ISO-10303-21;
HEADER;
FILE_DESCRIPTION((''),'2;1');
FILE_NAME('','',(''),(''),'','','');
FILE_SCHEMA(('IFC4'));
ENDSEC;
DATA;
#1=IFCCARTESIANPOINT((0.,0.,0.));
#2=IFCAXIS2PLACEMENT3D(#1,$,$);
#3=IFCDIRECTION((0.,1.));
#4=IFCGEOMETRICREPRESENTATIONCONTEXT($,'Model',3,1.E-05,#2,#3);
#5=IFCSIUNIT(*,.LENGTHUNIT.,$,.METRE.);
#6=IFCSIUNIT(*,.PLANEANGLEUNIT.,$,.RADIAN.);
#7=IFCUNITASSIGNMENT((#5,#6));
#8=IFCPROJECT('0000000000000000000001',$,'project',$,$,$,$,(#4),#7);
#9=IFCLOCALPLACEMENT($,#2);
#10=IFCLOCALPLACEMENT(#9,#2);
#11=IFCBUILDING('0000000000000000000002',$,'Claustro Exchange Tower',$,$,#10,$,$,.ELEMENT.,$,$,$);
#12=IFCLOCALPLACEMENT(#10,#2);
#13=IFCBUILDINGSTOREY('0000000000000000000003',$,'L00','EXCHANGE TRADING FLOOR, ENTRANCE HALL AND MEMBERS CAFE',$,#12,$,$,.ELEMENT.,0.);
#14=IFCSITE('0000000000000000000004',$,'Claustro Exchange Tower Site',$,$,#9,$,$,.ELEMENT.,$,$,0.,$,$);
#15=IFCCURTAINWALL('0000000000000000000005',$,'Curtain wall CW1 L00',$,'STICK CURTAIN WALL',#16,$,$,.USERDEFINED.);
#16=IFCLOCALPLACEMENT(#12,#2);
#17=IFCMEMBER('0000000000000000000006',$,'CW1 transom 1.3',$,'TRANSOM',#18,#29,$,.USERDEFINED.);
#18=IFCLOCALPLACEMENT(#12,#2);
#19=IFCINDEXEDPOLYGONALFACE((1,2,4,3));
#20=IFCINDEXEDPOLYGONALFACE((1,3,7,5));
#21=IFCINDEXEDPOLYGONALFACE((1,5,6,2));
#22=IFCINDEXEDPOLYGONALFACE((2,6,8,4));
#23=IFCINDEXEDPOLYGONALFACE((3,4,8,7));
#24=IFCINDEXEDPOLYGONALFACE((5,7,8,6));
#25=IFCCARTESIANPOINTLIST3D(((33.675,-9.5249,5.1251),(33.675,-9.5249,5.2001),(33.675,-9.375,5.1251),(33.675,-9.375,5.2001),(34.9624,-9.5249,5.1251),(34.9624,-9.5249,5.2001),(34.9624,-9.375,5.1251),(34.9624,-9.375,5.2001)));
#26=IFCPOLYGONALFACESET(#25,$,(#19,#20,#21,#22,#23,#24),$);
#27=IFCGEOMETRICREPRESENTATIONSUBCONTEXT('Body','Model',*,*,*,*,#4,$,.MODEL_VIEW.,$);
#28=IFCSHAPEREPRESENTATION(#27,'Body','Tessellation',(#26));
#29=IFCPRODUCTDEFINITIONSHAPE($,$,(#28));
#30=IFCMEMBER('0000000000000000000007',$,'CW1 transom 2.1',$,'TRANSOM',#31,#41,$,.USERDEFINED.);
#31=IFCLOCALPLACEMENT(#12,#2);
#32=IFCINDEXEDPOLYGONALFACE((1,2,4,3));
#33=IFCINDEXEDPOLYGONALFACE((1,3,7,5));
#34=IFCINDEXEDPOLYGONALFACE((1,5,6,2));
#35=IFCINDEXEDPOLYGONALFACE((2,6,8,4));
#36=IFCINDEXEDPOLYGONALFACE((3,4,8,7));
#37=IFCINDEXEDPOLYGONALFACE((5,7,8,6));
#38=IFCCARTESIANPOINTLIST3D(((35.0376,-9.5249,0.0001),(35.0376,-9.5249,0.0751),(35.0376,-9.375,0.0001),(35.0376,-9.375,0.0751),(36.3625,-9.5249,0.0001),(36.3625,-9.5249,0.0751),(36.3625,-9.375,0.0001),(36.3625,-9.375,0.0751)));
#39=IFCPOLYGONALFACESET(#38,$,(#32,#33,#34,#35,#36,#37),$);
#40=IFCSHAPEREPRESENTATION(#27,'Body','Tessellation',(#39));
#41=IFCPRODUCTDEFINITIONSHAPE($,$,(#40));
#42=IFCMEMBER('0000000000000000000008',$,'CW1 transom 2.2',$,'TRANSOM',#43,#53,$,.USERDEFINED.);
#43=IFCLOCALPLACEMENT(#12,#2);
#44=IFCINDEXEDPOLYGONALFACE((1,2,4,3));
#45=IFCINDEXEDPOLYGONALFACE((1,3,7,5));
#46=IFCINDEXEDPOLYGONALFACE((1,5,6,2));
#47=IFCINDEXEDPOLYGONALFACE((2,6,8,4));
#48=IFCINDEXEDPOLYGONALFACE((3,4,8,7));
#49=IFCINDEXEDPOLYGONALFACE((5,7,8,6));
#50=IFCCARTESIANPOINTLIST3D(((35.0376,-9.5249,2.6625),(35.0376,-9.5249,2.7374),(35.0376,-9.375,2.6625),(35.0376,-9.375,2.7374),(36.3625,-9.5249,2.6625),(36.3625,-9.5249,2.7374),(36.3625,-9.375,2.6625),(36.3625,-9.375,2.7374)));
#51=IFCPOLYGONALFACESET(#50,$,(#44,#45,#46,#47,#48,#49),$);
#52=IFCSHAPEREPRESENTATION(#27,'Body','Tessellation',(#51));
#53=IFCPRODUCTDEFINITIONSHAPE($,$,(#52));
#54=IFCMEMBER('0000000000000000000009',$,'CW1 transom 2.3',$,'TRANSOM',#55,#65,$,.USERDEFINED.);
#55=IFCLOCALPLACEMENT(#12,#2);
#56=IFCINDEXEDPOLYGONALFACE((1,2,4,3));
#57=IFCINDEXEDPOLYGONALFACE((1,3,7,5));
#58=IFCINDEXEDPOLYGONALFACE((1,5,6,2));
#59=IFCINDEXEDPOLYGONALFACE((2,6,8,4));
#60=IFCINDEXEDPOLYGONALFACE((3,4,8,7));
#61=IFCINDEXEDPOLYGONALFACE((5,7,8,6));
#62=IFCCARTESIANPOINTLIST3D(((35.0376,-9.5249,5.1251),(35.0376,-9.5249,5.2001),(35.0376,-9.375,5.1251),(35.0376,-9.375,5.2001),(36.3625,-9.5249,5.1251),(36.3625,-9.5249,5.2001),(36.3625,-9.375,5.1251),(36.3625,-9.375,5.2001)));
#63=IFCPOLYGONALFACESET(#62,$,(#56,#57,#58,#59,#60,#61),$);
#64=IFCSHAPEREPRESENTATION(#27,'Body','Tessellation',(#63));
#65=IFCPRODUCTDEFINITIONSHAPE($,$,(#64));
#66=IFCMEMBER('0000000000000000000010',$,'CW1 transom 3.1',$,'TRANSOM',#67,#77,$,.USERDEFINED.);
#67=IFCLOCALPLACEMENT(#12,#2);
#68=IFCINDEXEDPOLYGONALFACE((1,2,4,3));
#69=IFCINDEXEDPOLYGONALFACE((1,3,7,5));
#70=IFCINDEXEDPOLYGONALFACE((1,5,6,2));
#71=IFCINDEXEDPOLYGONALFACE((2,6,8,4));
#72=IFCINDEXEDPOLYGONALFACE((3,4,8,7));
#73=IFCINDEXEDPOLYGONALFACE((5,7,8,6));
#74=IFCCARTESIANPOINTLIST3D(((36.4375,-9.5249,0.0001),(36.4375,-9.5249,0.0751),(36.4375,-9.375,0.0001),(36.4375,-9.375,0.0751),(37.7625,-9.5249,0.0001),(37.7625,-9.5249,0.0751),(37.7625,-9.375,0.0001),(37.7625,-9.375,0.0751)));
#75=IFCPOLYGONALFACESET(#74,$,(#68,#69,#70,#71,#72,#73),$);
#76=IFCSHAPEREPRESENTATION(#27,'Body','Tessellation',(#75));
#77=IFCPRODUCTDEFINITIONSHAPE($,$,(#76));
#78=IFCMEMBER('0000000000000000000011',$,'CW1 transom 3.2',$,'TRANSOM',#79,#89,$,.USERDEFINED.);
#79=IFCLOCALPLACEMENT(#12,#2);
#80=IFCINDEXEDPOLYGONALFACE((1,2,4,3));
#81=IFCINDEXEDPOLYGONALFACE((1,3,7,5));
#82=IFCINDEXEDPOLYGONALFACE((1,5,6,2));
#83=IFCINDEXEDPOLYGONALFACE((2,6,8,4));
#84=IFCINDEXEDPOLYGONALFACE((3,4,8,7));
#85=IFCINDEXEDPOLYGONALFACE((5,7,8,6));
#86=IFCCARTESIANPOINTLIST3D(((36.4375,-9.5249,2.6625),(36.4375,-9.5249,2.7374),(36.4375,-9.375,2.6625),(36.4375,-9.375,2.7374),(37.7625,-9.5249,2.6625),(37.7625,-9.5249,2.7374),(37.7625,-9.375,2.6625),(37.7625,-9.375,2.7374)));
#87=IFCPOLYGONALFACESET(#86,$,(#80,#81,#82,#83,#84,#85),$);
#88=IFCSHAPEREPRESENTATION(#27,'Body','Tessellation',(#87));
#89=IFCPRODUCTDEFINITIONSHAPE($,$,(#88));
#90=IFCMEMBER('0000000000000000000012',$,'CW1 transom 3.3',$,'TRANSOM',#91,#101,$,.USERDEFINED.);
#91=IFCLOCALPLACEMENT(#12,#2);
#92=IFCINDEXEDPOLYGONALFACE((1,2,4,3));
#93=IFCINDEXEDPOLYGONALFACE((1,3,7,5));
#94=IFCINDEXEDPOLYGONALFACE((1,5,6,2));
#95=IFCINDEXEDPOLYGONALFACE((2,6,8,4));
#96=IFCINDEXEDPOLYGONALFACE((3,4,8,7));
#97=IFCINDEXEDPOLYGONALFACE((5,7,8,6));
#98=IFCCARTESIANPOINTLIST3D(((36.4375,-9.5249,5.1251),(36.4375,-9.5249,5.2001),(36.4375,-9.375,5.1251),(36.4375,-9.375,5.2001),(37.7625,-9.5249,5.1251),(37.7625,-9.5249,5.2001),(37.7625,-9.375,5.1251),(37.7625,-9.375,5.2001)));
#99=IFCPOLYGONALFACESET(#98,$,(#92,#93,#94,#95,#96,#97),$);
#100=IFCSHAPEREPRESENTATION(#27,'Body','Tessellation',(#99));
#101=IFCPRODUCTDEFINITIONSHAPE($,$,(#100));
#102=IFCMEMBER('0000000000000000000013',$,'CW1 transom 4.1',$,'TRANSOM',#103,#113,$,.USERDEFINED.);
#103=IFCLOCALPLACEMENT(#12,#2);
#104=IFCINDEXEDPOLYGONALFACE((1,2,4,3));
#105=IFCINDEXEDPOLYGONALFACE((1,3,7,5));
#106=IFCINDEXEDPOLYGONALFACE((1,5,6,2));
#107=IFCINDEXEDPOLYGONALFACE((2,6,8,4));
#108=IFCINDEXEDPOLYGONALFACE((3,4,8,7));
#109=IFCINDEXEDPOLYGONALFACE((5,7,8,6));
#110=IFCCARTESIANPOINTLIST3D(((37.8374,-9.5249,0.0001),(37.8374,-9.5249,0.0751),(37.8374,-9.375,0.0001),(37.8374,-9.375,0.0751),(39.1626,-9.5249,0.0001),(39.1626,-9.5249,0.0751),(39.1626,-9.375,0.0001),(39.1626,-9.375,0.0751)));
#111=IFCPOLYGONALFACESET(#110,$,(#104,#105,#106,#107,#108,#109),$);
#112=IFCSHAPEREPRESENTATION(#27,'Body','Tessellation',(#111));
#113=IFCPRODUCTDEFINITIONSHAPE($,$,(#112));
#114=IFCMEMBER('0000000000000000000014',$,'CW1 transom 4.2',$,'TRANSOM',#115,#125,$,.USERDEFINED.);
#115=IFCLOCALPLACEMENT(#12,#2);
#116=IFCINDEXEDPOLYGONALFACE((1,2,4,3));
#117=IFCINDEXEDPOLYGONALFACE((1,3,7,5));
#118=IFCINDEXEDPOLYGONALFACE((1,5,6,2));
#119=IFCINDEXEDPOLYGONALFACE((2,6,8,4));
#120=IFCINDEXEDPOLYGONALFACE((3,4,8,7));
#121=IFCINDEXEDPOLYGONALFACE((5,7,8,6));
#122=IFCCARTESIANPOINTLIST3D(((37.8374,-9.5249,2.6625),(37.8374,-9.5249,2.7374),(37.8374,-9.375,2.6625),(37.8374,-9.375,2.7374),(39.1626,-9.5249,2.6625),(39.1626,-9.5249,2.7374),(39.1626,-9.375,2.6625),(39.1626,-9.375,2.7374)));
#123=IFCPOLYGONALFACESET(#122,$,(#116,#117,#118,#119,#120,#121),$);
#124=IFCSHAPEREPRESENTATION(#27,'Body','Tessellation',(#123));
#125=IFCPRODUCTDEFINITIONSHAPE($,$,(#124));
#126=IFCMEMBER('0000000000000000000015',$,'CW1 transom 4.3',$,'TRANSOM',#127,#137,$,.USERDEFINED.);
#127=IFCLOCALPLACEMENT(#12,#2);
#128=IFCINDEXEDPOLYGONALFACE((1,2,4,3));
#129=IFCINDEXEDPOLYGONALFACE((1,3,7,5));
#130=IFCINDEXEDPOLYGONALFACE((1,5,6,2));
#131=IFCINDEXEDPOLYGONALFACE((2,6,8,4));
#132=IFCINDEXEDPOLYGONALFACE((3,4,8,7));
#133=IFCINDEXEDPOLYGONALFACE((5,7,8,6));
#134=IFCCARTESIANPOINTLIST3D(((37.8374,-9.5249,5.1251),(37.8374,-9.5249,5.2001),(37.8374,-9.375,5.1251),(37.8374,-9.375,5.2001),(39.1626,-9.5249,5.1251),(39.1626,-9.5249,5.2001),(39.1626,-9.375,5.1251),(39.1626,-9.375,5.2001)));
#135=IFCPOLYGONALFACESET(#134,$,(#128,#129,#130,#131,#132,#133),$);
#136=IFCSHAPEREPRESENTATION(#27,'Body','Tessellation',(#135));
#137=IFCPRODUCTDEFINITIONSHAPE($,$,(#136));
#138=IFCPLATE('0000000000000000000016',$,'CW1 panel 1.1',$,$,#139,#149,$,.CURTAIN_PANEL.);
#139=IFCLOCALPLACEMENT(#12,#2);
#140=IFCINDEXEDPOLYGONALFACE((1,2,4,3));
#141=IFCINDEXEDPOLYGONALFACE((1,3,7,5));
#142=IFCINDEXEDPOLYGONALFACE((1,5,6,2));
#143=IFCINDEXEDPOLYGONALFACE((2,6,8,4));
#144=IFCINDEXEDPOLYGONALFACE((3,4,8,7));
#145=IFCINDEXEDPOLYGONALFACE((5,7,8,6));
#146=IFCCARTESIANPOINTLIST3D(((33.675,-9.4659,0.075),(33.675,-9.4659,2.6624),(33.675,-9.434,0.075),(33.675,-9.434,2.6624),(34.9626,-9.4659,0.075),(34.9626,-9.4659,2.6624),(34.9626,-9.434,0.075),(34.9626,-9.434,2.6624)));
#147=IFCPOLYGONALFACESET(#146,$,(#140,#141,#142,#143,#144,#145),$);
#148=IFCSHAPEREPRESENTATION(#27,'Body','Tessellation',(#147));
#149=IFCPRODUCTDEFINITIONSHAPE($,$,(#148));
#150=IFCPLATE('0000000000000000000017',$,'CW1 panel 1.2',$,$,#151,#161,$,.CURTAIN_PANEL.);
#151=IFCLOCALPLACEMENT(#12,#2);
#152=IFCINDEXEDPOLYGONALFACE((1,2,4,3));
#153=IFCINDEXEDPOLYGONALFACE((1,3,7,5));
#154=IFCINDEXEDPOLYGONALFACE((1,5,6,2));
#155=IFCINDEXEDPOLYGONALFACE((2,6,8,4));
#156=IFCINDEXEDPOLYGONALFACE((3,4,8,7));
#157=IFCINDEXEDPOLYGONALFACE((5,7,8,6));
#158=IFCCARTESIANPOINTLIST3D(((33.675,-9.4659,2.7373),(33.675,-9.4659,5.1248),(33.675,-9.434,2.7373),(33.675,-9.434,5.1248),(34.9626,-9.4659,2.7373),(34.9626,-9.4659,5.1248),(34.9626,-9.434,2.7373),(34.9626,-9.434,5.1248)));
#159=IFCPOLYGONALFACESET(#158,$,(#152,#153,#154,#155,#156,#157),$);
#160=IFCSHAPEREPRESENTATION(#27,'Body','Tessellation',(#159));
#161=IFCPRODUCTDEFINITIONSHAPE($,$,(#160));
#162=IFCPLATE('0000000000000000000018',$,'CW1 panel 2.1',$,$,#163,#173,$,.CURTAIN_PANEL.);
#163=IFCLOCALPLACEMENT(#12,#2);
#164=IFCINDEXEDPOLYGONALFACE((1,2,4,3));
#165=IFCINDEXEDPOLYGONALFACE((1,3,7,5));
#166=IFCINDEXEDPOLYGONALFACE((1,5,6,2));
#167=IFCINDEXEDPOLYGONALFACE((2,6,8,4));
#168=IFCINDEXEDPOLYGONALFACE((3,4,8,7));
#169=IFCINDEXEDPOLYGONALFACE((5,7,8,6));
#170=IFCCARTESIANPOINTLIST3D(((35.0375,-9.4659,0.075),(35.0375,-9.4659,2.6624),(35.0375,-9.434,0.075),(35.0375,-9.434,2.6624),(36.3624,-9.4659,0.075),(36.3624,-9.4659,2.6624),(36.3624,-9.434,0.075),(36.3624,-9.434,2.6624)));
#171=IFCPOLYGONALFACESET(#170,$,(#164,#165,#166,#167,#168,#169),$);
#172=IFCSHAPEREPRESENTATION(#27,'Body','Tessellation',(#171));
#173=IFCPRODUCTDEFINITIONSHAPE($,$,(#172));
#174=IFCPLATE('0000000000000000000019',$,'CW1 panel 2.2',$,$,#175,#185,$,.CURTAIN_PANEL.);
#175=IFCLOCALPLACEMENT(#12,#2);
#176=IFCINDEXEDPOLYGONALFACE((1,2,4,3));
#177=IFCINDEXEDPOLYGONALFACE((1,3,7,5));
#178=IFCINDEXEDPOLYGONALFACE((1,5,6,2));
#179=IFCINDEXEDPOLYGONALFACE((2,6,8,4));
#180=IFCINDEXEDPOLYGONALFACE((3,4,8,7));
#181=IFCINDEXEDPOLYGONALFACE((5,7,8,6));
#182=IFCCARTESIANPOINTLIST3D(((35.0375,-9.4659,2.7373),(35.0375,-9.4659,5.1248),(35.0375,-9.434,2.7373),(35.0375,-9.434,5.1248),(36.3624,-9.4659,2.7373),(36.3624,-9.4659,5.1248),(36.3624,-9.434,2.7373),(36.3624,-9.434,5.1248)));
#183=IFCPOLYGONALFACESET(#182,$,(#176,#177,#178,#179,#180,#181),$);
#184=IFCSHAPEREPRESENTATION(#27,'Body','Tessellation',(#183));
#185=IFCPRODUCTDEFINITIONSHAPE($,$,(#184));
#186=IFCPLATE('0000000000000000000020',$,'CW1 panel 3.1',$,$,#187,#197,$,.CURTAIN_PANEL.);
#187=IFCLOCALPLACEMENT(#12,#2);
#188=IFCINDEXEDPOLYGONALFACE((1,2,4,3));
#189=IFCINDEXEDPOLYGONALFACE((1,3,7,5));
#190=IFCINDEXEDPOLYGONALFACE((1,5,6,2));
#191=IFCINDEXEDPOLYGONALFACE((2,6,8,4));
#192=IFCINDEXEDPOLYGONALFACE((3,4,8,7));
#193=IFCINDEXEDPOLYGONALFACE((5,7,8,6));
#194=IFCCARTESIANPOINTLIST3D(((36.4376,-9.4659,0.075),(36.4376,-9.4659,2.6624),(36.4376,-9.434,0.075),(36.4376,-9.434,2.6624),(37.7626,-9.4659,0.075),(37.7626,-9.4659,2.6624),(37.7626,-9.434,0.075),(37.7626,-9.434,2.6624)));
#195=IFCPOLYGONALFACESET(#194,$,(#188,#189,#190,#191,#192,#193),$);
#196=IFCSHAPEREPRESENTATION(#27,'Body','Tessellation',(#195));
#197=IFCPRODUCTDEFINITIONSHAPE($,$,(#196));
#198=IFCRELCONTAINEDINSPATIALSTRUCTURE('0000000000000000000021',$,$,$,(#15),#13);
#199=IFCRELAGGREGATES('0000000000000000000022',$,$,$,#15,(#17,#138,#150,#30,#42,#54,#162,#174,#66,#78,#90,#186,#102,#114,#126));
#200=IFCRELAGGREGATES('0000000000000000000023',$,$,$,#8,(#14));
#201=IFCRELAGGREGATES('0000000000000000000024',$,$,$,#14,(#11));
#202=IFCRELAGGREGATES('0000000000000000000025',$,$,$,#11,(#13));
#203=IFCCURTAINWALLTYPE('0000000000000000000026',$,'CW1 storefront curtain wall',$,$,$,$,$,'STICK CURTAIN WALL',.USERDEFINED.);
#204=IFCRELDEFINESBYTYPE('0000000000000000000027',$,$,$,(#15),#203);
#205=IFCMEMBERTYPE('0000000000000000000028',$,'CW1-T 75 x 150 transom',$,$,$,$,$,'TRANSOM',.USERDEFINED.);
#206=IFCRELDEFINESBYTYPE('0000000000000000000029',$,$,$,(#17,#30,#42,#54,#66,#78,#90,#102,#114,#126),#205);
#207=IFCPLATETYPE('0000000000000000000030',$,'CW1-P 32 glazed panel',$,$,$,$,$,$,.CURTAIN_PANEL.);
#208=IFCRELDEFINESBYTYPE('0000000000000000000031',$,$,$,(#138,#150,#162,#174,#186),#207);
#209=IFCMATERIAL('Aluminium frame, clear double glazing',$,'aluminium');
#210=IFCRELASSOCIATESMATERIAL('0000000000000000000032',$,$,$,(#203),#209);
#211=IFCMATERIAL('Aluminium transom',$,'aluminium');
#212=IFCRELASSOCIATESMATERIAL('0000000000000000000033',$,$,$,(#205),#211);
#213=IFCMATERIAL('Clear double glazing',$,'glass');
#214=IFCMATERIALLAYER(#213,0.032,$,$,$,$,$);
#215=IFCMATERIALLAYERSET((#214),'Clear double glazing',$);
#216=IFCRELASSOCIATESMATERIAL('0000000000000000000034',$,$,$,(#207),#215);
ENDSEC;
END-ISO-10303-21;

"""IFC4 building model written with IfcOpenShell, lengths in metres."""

from ifc_helpers import new_model, si_unit, direction, frame, origin, origin_2d, place, context, subcontext, project, spatial, rectangle, extrude, material, layer, layer_set, material_profile, profile_set, type_object, element, aggregate, save


model = new_model("IFC4")

# Units and contexts
model_context = context("Model", 3, precision=1e-05, world=origin(), true_north=direction((0.0, 1.0)))
body_context = subcontext(model_context, "Body", "Model", "MODEL_VIEW")
ifc_project = project(units=[si_unit("LENGTHUNIT", "METRE"), si_unit("PLANEANGLEUNIT", "RADIAN")], contexts=[model_context])

# Site, building, storey
site_placement = place(None, origin())
site = spatial("IfcSite", under=ifc_project, at=site_placement, Name="Claustro Exchange Tower Site", CompositionType="ELEMENT", RefElevation=0.0)
building_placement = place(site_placement, origin())
building = spatial("IfcBuilding", under=site, at=building_placement, Name="Claustro Exchange Tower", CompositionType="ELEMENT")
storey_placement = place(building_placement, origin())
storey = spatial("IfcBuildingStorey", under=building, at=storey_placement, Name="L00", Description="EXCHANGE TRADING FLOOR, ENTRANCE HALL AND MEMBERS CAFE", CompositionType="ELEMENT", Elevation=0.0)

# Curtain wall, members, plates
ifc_material_1 = material(Name="Aluminium frame, clear double glazing", Category="aluminium")
curtain_wall_type = type_object("IfcCurtainWallType", Name="CW1 storefront curtain wall", ElementType="STICK CURTAIN WALL", PredefinedType="USERDEFINED", material=ifc_material_1)
curtain_wall_placement = place(storey_placement, origin())
curtain_wall = element("IfcCurtainWall", 1, at=curtain_wall_placement, inside=storey, type_object=curtain_wall_type, Name="Curtain wall CW1 L00", ObjectType="STICK CURTAIN WALL", PredefinedType="USERDEFINED")
ifc_material_2 = material(Name="Aluminium transom", Category="aluminium")
ifc_material_profile_1 = material_profile(ifc_material_2, rectangle(XDim=0.1499, YDim=0.075, at=origin_2d()), Name="CW1-T 75x150")
ifc_profile_set_1 = profile_set([ifc_material_profile_1], Name="Aluminium transom")
member_type_1 = type_object("IfcMemberType", Name="CW1-T 75 x 150 transom", ElementType="TRANSOM", PredefinedType="USERDEFINED", material=ifc_profile_set_1)
member_1_placement = place(storey_placement, frame((33.675, -9.45, 5.1626), z_axis=(1.0, 0.0, 0.0), x_axis=(0.0, 1.0, 0.0)))
member_1 = element("IfcMember", 2, at=member_1_placement, type_object=member_type_1, Name="CW1 transom 1.3", ObjectType="TRANSOM", PredefinedType="USERDEFINED", context=body_context, shape_type="SweptSolid", body=[
    extrude(rectangle(XDim=0.1499, YDim=0.075, at=origin_2d()), origin(), (0.0, 0.0, 1.0), 1.2874),
])
member_2_placement = place(storey_placement, frame((35.0376, -9.45, 0.0376), z_axis=(1.0, 0.0, 0.0), x_axis=(0.0, 1.0, 0.0)))
member_2 = element("IfcMember", 3, at=member_2_placement, type_object=member_type_1, Name="CW1 transom 2.1", ObjectType="TRANSOM", PredefinedType="USERDEFINED", context=body_context, shape_type="SweptSolid", body=[
    extrude(rectangle(XDim=0.1499, YDim=0.075, at=origin_2d()), origin(), (0.0, 0.0, 1.0), 1.325),
])
member_3_placement = place(storey_placement, frame((35.0376, -9.45, 2.7), z_axis=(1.0, 0.0, 0.0), x_axis=(0.0, 1.0, 0.0)))
member_3 = element("IfcMember", 4, at=member_3_placement, type_object=member_type_1, Name="CW1 transom 2.2", ObjectType="TRANSOM", PredefinedType="USERDEFINED", context=body_context, shape_type="SweptSolid", body=[
    extrude(rectangle(XDim=0.1499, YDim=0.075, at=origin_2d()), origin(), (0.0, 0.0, 1.0), 1.325),
])
member_4_placement = place(storey_placement, frame((35.0376, -9.45, 5.1626), z_axis=(1.0, 0.0, 0.0), x_axis=(0.0, 1.0, 0.0)))
member_4 = element("IfcMember", 5, at=member_4_placement, type_object=member_type_1, Name="CW1 transom 2.3", ObjectType="TRANSOM", PredefinedType="USERDEFINED", context=body_context, shape_type="SweptSolid", body=[
    extrude(rectangle(XDim=0.1499, YDim=0.075, at=origin_2d()), origin(), (0.0, 0.0, 1.0), 1.325),
])
member_5_placement = place(storey_placement, frame((36.4375, -9.45, 0.0376), z_axis=(1.0, 0.0, 0.0), x_axis=(0.0, 1.0, 0.0)))
member_5 = element("IfcMember", 6, at=member_5_placement, type_object=member_type_1, Name="CW1 transom 3.1", ObjectType="TRANSOM", PredefinedType="USERDEFINED", context=body_context, shape_type="SweptSolid", body=[
    extrude(rectangle(XDim=0.1499, YDim=0.075, at=origin_2d()), origin(), (0.0, 0.0, 1.0), 1.325),
])
member_6_placement = place(storey_placement, frame((36.4375, -9.45, 2.7), z_axis=(1.0, 0.0, 0.0), x_axis=(0.0, 1.0, 0.0)))
member_6 = element("IfcMember", 7, at=member_6_placement, type_object=member_type_1, Name="CW1 transom 3.2", ObjectType="TRANSOM", PredefinedType="USERDEFINED", context=body_context, shape_type="SweptSolid", body=[
    extrude(rectangle(XDim=0.1499, YDim=0.075, at=origin_2d()), origin(), (0.0, 0.0, 1.0), 1.325),
])
member_7_placement = place(storey_placement, frame((36.4375, -9.45, 5.1626), z_axis=(1.0, 0.0, 0.0), x_axis=(0.0, 1.0, 0.0)))
member_7 = element("IfcMember", 8, at=member_7_placement, type_object=member_type_1, Name="CW1 transom 3.3", ObjectType="TRANSOM", PredefinedType="USERDEFINED", context=body_context, shape_type="SweptSolid", body=[
    extrude(rectangle(XDim=0.1499, YDim=0.075, at=origin_2d()), origin(), (0.0, 0.0, 1.0), 1.325),
])
member_8_placement = place(storey_placement, frame((37.8374, -9.45, 0.0376), z_axis=(1.0, 0.0, 0.0), x_axis=(0.0, 1.0, 0.0)))
member_8 = element("IfcMember", 9, at=member_8_placement, type_object=member_type_1, Name="CW1 transom 4.1", ObjectType="TRANSOM", PredefinedType="USERDEFINED", context=body_context, shape_type="SweptSolid", body=[
    extrude(rectangle(XDim=0.1499, YDim=0.075, at=origin_2d()), origin(), (0.0, 0.0, 1.0), 1.3252),
])
member_9_placement = place(storey_placement, frame((37.8374, -9.45, 2.7), z_axis=(1.0, 0.0, 0.0), x_axis=(0.0, 1.0, 0.0)))
member_9 = element("IfcMember", 10, at=member_9_placement, type_object=member_type_1, Name="CW1 transom 4.2", ObjectType="TRANSOM", PredefinedType="USERDEFINED", context=body_context, shape_type="SweptSolid", body=[
    extrude(rectangle(XDim=0.1499, YDim=0.075, at=origin_2d()), origin(), (0.0, 0.0, 1.0), 1.3252),
])
member_10_placement = place(storey_placement, frame((37.8374, -9.45, 5.1626), z_axis=(1.0, 0.0, 0.0), x_axis=(0.0, 1.0, 0.0)))
member_10 = element("IfcMember", 11, at=member_10_placement, type_object=member_type_1, Name="CW1 transom 4.3", ObjectType="TRANSOM", PredefinedType="USERDEFINED", context=body_context, shape_type="SweptSolid", body=[
    extrude(rectangle(XDim=0.1499, YDim=0.075, at=origin_2d()), origin(), (0.0, 0.0, 1.0), 1.3252),
])
ifc_material_3 = material(Name="Clear double glazing", Category="glass")
ifc_layer = layer(ifc_material_3, 0.032)
ifc_layer_set = layer_set([ifc_layer], Name="Clear double glazing")
plate_type = type_object("IfcPlateType", Name="CW1-P 32 glazed panel", PredefinedType="CURTAIN_PANEL", material=ifc_layer_set)
plate_1_placement = place(storey_placement, frame((34.3188, -9.45, 0.075), z_axis=(0.0, 0.0, 1.0), x_axis=(1.0, 0.0, 0.0)))
plate_1 = element("IfcPlate", 12, at=plate_1_placement, type_object=plate_type, Name="CW1 panel 1.1", PredefinedType="CURTAIN_PANEL", context=body_context, shape_type="SweptSolid", body=[
    extrude(rectangle(XDim=1.2876, YDim=0.032, at=origin_2d()), origin(), (0.0, 0.0, 1.0), 2.5874),
])
plate_2_placement = place(storey_placement, frame((34.3188, -9.45, 2.7373), z_axis=(0.0, 0.0, 1.0), x_axis=(1.0, 0.0, 0.0)))
plate_2 = element("IfcPlate", 13, at=plate_2_placement, type_object=plate_type, Name="CW1 panel 1.2", PredefinedType="CURTAIN_PANEL", context=body_context, shape_type="SweptSolid", body=[
    extrude(rectangle(XDim=1.2876, YDim=0.032, at=origin_2d()), origin(), (0.0, 0.0, 1.0), 2.3875),
])
plate_3_placement = place(storey_placement, frame((35.7, -9.45, 0.075), z_axis=(0.0, 0.0, 1.0), x_axis=(1.0, 0.0, 0.0)))
plate_3 = element("IfcPlate", 14, at=plate_3_placement, type_object=plate_type, Name="CW1 panel 2.1", PredefinedType="CURTAIN_PANEL", context=body_context, shape_type="SweptSolid", body=[
    extrude(rectangle(XDim=1.325, YDim=0.032, at=origin_2d()), origin(), (0.0, 0.0, 1.0), 2.5874),
])
plate_4_placement = place(storey_placement, frame((35.7, -9.45, 2.7373), z_axis=(0.0, 0.0, 1.0), x_axis=(1.0, 0.0, 0.0)))
plate_4 = element("IfcPlate", 15, at=plate_4_placement, type_object=plate_type, Name="CW1 panel 2.2", PredefinedType="CURTAIN_PANEL", context=body_context, shape_type="SweptSolid", body=[
    extrude(rectangle(XDim=1.325, YDim=0.032, at=origin_2d()), origin(), (0.0, 0.0, 1.0), 2.3875),
])
plate_5_placement = place(storey_placement, frame((37.1001, -9.45, 0.075), z_axis=(0.0, 0.0, 1.0), x_axis=(1.0, 0.0, 0.0)))
plate_5 = element("IfcPlate", 16, at=plate_5_placement, type_object=plate_type, Name="CW1 panel 3.1", PredefinedType="CURTAIN_PANEL", context=body_context, shape_type="SweptSolid", body=[
    extrude(rectangle(XDim=1.325, YDim=0.032, at=origin_2d()), origin(), (0.0, 0.0, 1.0), 2.5874),
])
aggregate(curtain_wall, [member_1, plate_1, plate_2, member_2, member_3, member_4, plate_3, plate_4, member_5, member_6, member_7, plate_5, member_8, member_9, member_10])

save(model, "model.ifc")
